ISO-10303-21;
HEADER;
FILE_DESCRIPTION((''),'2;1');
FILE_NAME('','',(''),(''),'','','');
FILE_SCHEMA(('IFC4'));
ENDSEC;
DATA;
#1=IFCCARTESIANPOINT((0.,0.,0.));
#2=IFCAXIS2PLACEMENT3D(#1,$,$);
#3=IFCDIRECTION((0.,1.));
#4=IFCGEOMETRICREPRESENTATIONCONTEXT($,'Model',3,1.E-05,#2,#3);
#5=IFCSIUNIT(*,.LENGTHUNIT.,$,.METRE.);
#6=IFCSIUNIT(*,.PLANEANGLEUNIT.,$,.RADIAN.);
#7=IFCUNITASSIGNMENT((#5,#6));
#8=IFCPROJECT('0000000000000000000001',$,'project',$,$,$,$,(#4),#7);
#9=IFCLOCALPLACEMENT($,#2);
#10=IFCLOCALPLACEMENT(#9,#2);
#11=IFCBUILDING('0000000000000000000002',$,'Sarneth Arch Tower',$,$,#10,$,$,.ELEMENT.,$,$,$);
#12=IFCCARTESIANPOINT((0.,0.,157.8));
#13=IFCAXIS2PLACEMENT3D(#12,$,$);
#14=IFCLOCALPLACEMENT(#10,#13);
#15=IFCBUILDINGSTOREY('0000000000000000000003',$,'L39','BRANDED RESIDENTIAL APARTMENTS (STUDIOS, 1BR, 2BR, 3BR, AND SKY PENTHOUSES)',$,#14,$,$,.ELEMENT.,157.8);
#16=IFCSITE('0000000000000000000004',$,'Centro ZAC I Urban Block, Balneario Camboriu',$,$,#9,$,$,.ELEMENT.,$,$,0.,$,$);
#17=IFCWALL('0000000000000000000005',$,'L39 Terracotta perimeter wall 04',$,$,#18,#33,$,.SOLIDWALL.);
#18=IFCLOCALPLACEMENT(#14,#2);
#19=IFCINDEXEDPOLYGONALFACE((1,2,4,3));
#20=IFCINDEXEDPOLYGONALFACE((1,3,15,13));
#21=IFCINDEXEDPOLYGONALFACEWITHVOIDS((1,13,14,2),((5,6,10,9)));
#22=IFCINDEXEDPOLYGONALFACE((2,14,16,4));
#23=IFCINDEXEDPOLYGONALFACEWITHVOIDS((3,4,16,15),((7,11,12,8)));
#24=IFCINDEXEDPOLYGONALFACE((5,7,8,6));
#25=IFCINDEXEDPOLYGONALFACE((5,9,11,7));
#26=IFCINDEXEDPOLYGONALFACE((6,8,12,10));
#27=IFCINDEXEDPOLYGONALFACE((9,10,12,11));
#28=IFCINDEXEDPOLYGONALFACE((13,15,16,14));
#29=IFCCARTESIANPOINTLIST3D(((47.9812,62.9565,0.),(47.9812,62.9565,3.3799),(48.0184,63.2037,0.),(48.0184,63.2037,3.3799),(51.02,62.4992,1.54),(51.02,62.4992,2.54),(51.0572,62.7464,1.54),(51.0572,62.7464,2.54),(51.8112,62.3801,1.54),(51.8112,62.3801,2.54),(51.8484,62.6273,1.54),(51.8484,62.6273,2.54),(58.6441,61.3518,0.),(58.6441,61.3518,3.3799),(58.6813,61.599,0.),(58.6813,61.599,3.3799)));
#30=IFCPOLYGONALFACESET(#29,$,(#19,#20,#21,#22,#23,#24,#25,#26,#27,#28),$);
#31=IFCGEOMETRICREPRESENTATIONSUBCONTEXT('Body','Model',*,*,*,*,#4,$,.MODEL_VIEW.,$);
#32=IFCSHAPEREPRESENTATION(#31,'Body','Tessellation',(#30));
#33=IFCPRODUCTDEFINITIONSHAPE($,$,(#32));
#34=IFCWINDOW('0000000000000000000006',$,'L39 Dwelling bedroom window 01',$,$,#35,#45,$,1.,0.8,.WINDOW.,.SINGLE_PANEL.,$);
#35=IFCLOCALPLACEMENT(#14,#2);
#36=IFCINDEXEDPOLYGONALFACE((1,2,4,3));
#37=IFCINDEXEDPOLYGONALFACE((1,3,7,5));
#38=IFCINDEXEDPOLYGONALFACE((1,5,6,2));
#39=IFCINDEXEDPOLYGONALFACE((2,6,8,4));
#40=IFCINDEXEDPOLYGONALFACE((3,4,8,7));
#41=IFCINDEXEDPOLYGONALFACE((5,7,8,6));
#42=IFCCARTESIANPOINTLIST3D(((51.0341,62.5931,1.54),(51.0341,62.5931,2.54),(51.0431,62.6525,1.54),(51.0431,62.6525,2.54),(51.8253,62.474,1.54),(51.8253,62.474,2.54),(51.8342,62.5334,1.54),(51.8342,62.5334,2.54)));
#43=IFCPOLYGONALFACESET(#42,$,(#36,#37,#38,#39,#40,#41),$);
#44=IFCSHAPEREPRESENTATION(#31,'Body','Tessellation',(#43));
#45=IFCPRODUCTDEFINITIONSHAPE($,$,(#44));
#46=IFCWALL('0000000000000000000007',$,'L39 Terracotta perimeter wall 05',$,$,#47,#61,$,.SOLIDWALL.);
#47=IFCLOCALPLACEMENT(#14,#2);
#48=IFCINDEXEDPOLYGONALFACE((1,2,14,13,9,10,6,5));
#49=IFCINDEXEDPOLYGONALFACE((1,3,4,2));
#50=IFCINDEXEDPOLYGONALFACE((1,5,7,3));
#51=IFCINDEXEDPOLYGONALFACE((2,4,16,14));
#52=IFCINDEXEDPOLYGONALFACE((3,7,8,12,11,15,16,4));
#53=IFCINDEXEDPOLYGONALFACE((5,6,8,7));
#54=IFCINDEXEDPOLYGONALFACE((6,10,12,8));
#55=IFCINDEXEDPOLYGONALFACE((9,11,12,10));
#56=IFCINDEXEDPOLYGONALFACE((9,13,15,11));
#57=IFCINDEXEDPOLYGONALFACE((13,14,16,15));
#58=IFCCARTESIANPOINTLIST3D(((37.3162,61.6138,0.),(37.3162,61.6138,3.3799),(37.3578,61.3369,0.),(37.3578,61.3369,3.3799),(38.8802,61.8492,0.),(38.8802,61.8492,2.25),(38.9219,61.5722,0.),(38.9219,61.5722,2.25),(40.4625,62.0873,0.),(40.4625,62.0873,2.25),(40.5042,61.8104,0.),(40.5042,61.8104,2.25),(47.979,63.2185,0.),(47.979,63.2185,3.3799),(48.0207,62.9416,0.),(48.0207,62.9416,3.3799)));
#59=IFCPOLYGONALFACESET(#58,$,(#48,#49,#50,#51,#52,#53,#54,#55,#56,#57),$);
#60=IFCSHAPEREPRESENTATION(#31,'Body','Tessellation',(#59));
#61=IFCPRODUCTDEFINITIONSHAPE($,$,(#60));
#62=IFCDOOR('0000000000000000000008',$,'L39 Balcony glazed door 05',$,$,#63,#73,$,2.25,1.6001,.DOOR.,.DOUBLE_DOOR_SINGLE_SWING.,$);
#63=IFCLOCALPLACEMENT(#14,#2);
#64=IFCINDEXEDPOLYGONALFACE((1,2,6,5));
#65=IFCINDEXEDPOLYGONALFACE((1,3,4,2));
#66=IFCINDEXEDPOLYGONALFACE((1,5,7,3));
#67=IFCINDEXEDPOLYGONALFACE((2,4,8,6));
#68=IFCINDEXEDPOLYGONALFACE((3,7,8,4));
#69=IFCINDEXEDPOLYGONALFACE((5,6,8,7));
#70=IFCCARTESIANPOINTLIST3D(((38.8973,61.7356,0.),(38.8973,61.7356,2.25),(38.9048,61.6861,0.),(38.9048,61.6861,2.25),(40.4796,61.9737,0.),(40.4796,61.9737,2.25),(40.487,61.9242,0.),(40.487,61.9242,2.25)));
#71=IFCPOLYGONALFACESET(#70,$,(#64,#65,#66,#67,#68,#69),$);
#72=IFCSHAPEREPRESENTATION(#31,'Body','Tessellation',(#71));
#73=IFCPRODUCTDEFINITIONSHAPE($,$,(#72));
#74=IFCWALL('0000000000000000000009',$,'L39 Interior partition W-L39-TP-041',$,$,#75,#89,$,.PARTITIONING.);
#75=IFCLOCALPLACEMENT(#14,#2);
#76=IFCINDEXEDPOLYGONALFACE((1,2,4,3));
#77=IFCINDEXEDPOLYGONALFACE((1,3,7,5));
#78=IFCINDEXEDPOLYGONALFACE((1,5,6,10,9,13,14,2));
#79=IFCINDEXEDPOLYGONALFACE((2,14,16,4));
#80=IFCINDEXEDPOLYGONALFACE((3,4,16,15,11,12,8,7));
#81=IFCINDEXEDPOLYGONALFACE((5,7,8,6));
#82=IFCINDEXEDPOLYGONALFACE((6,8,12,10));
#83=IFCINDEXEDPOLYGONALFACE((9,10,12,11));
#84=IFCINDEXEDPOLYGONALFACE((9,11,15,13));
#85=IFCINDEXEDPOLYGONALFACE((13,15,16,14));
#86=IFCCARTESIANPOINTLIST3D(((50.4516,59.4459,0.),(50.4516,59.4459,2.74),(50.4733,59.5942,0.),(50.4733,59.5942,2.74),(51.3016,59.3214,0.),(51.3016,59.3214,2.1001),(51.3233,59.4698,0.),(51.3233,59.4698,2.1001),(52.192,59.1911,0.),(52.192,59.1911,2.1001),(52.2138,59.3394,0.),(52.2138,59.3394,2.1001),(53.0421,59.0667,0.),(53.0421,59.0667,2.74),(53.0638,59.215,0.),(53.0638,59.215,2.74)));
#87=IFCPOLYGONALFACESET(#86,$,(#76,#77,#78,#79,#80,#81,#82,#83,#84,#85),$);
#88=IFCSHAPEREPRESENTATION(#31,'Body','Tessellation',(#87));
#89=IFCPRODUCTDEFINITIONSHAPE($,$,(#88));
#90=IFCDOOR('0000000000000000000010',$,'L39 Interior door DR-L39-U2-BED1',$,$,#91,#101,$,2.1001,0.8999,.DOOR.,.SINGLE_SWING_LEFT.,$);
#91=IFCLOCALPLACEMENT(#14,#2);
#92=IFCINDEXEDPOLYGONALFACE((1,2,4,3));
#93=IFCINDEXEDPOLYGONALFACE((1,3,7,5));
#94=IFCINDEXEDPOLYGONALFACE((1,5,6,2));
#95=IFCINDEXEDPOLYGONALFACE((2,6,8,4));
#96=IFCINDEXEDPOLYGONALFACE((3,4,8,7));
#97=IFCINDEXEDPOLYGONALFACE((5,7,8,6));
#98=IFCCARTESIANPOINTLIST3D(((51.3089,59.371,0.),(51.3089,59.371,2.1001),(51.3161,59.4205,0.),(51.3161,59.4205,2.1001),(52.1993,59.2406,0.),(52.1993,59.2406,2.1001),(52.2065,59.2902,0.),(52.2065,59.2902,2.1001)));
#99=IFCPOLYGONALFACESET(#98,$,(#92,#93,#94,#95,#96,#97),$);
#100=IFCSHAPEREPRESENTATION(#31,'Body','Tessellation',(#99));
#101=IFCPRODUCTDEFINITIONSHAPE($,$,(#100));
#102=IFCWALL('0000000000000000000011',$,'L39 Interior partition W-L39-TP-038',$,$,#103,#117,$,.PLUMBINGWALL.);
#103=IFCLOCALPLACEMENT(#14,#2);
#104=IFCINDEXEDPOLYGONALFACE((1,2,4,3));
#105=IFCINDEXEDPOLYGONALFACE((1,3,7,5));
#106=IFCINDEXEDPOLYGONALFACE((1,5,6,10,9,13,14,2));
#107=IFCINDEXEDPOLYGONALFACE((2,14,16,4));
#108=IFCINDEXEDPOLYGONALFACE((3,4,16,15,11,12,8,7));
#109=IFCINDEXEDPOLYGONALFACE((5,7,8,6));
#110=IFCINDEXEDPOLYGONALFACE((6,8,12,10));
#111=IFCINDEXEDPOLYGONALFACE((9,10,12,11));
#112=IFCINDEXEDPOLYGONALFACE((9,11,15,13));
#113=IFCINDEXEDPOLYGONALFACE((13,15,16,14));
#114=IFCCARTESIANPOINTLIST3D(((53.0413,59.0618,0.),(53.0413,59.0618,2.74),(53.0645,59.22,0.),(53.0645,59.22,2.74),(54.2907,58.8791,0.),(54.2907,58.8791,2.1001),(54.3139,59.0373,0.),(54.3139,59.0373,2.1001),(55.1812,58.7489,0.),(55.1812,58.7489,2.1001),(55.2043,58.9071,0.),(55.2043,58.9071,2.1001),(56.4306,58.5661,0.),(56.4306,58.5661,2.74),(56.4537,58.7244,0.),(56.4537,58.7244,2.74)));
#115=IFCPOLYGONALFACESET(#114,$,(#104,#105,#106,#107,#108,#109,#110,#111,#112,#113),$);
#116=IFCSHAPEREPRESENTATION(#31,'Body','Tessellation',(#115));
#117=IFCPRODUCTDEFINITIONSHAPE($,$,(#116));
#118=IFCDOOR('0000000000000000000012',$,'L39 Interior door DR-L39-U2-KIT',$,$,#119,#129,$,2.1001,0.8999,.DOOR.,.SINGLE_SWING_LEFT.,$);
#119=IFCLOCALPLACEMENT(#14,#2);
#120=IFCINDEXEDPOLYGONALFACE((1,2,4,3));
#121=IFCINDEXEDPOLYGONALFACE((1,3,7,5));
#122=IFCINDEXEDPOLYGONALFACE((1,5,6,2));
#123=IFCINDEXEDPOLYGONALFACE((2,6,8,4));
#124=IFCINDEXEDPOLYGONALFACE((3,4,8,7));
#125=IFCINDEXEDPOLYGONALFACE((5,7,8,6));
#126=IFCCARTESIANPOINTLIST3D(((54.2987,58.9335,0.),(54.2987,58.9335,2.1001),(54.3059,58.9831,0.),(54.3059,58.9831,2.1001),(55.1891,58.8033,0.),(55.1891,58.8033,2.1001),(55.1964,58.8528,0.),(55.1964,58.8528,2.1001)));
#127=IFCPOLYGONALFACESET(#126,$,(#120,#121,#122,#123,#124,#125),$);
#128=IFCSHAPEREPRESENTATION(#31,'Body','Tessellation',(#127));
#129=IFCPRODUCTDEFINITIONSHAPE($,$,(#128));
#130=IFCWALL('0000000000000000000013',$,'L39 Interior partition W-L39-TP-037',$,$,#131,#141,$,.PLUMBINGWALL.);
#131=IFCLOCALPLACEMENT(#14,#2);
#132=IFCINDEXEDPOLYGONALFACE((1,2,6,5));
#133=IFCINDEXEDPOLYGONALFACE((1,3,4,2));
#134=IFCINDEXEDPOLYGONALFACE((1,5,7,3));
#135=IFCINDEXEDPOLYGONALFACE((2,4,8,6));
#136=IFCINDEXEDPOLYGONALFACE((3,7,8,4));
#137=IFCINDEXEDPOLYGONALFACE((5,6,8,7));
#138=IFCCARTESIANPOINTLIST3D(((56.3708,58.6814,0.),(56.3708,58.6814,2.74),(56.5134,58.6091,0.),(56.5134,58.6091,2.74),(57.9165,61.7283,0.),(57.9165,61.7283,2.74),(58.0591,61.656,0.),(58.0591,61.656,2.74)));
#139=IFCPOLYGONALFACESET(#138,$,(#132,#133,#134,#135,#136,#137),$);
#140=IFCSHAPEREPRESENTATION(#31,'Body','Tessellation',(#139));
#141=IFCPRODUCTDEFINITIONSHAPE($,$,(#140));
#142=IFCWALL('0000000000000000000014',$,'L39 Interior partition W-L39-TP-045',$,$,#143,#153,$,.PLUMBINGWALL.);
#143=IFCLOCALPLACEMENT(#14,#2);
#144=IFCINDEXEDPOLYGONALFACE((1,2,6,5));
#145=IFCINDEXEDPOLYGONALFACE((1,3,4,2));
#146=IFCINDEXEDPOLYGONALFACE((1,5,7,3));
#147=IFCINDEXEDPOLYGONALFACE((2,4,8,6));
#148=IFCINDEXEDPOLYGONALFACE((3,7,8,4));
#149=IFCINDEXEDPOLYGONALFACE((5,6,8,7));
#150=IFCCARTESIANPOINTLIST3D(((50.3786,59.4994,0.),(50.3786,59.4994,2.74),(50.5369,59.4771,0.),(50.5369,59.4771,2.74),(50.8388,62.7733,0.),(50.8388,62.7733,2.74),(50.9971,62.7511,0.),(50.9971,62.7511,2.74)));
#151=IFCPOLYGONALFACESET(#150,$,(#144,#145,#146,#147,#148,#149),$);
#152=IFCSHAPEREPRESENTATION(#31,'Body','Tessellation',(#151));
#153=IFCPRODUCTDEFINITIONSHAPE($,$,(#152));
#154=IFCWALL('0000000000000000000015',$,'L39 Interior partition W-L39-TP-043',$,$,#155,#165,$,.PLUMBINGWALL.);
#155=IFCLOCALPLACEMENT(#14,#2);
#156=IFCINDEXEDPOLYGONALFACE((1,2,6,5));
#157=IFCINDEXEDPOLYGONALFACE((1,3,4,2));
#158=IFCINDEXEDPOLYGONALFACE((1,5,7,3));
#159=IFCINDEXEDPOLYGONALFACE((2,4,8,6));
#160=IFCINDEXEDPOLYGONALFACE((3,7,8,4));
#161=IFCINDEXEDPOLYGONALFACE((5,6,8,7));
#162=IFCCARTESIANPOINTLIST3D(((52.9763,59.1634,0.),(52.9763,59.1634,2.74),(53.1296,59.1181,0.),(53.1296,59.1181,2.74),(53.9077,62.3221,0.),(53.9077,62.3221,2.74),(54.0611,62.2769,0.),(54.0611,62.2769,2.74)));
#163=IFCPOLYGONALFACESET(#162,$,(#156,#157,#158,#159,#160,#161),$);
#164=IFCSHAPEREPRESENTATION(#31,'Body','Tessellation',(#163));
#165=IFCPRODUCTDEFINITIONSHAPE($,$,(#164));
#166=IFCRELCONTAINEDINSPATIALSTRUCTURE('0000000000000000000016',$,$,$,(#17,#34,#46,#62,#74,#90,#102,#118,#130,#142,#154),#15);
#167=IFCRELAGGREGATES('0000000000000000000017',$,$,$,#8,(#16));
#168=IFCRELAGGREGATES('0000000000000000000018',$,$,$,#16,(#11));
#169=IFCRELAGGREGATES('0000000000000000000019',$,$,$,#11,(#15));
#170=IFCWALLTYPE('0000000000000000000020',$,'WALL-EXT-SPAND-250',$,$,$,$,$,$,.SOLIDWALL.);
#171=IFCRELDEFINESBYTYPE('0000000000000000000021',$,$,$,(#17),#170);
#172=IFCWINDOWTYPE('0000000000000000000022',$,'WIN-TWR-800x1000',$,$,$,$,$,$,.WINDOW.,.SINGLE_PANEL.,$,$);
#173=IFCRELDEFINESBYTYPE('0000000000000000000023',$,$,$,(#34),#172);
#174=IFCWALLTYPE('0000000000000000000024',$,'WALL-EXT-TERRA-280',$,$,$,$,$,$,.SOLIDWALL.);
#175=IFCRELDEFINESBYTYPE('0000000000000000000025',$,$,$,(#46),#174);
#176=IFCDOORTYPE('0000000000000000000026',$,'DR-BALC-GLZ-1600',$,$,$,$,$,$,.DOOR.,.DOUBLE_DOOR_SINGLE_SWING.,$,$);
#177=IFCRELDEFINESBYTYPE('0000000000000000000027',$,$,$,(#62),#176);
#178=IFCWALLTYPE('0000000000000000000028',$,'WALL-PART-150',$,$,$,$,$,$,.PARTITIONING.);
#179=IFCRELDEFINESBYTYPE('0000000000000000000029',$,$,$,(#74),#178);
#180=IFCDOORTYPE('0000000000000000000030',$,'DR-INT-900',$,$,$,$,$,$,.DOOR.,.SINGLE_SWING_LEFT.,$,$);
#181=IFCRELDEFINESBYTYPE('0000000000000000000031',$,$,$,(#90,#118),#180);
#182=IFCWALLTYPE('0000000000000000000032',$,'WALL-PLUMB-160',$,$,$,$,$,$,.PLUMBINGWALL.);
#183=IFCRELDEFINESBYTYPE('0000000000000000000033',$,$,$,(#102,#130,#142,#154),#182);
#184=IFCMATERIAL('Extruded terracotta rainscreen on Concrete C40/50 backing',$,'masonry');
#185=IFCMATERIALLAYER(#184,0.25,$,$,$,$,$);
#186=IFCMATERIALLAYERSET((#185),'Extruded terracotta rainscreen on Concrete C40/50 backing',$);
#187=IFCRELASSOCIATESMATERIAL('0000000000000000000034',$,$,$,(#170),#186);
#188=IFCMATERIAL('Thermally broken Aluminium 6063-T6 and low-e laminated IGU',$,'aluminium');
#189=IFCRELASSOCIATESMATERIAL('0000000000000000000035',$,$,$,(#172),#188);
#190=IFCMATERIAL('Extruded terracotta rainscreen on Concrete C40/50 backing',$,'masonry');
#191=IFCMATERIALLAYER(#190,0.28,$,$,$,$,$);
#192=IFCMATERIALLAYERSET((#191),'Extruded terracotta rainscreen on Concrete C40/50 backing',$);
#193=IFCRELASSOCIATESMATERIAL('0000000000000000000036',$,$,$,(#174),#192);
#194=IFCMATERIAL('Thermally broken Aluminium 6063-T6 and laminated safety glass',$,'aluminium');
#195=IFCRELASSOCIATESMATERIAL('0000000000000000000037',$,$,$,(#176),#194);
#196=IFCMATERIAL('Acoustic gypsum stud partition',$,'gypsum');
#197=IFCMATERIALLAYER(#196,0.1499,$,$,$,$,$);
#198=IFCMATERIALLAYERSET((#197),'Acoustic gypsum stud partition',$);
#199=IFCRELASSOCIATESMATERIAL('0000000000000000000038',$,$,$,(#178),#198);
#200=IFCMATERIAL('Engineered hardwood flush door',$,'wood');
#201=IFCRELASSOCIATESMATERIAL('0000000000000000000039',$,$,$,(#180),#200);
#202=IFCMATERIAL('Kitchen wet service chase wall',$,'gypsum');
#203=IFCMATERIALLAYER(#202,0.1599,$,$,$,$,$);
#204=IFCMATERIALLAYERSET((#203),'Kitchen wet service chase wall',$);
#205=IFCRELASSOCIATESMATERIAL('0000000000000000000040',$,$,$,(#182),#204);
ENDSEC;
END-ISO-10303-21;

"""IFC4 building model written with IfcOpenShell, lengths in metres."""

from ifc_helpers import new_model, si_unit, direction, frame, frame_2d, origin, place, context, subcontext, project, spatial, rectangle, extrude, material, layer, layer_set, type_object, element, fill, save


model = new_model("IFC4")

# Units and contexts
model_context = context("Model", 3, precision=1e-05, world=origin(), true_north=direction((0.0, 1.0)))
body_context = subcontext(model_context, "Body", "Model", "MODEL_VIEW")
ifc_project = project(units=[si_unit("LENGTHUNIT", "METRE"), si_unit("PLANEANGLEUNIT", "RADIAN")], contexts=[model_context])

# Site, building, storey
site_placement = place(None, origin())
site = spatial("IfcSite", under=ifc_project, at=site_placement, Name="Centro ZAC I Urban Block, Balneario Camboriu", CompositionType="ELEMENT", RefElevation=0.0)
building_placement = place(site_placement, origin())
building = spatial("IfcBuilding", under=site, at=building_placement, Name="Sarneth Arch Tower", CompositionType="ELEMENT")
storey_placement = place(building_placement, frame((0.0, 0.0, 157.8)))
storey = spatial("IfcBuildingStorey", under=building, at=storey_placement, Name="L39", Description="BRANDED RESIDENTIAL APARTMENTS (STUDIOS, 1BR, 2BR, 3BR, AND SKY PENTHOUSES)", CompositionType="ELEMENT", Elevation=157.8)

# Wall, opening, window
ifc_material_1 = material(Name="Extruded terracotta rainscreen on Concrete C40/50 backing", Category="masonry")
ifc_layer_1 = layer(ifc_material_1, 0.25)
ifc_layer_set_1 = layer_set([ifc_layer_1], Name="Extruded terracotta rainscreen on Concrete C40/50 backing")
wall_type_1 = type_object("IfcWallType", Name="WALL-EXT-SPAND-250", PredefinedType="SOLIDWALL", material=ifc_layer_set_1)
wall_1_placement = place(storey_placement, frame((58.6628, 61.4753, 0.0), z_axis=(0.0, 0.0, 1.0), x_axis=(-0.988864, 0.148822, 0.0)))
wall_1 = element("IfcWall", 1, at=wall_1_placement, inside=storey, type_object=wall_type_1, Name="L39 Terracotta perimeter wall 04", PredefinedType="SOLIDWALL", context=body_context, shape_type="SweptSolid", body=[
    extrude(rectangle(XDim=10.783, YDim=0.25, at=frame_2d((5.3916, 0.0))), origin(), (0.0, 0.0, 1.0), 3.3799),
])
opening_1_placement = place(wall_1_placement, frame((6.9102, 0.0, 1.54)))
opening_1 = element("IfcOpeningElement", 2, at=opening_1_placement, cuts=wall_1, PredefinedType="OPENING", context=body_context, shape_type="SweptSolid", body=[
    extrude(rectangle(XDim=0.8, YDim=1.0, at=frame_2d((0.3999, 0.5))), frame((0.0, 0.135, 0.0), z_axis=(0.0, -1.0, 0.0), x_axis=(1.0, 0.0, 0.0)), (0.0, 0.0, 1.0), 0.27),
])
ifc_material_2 = material(Name="Thermally broken Aluminium 6063-T6 and low-e laminated IGU", Category="aluminium")
window_type = type_object("IfcWindowType", Name="WIN-TWR-800x1000", PartitioningType="SINGLE_PANEL", PredefinedType="WINDOW", material=ifc_material_2)
window_placement = place(opening_1_placement, origin())
window = element("IfcWindow", 3, at=window_placement, inside=storey, type_object=window_type, Name="L39 Dwelling bedroom window 01", OverallHeight=1.0, OverallWidth=0.8, PartitioningType="SINGLE_PANEL", PredefinedType="WINDOW", context=body_context, shape_type="SweptSolid", body=[
    extrude(rectangle(XDim=0.8, YDim=1.0, at=frame_2d((0.3999, 0.5))), frame((0.0, 0.03, 0.0), z_axis=(0.0, -1.0, 0.0), x_axis=(1.0, 0.0, 0.0)), (0.0, 0.0, 1.0), 0.0601),
])
fill(opening_1, window)

# Walls, openings, doors
ifc_material_3 = material(Name="Extruded terracotta rainscreen on Concrete C40/50 backing", Category="masonry")
ifc_layer_2 = layer(ifc_material_3, 0.28)
ifc_layer_set_2 = layer_set([ifc_layer_2], Name="Extruded terracotta rainscreen on Concrete C40/50 backing")
wall_type_2 = type_object("IfcWallType", Name="WALL-EXT-TERRA-280", PredefinedType="SOLIDWALL", material=ifc_layer_set_2)
wall_2_placement = place(storey_placement, frame((48.0, 63.0801, 0.0), z_axis=(0.0, 0.0, 1.0), x_axis=(-0.988864, -0.148822, 0.0)))
wall_2 = element("IfcWall", 4, at=wall_2_placement, inside=storey, type_object=wall_type_2, Name="L39 Terracotta perimeter wall 05", PredefinedType="SOLIDWALL", context=body_context, shape_type="SweptSolid", body=[
    extrude(rectangle(XDim=10.783, YDim=0.28, at=frame_2d((5.3916, 0.0))), origin(), (0.0, 0.0, 1.0), 3.3799),
])
opening_2_placement = place(wall_2_placement, frame((7.6013, 0.0, 0.0)))
opening_2 = element("IfcOpeningElement", 5, at=opening_2_placement, cuts=wall_2, PredefinedType="OPENING", context=body_context, shape_type="SweptSolid", body=[
    extrude(rectangle(XDim=1.6001, YDim=2.25, at=frame_2d((0.8, 1.125))), frame((0.0, 0.1499, 0.0), z_axis=(0.0, -1.0, 0.0), x_axis=(1.0, 0.0, 0.0)), (0.0, 0.0, 1.0), 0.3),
])
ifc_material_4 = material(Name="Thermally broken Aluminium 6063-T6 and laminated safety glass", Category="aluminium")
door_type_1 = type_object("IfcDoorType", Name="DR-BALC-GLZ-1600", OperationType="DOUBLE_DOOR_SINGLE_SWING", PredefinedType="DOOR", material=ifc_material_4)
door_1_placement = place(opening_2_placement, origin())
door_1 = element("IfcDoor", 6, at=door_1_placement, inside=storey, type_object=door_type_1, Name="L39 Balcony glazed door 05", OperationType="DOUBLE_DOOR_SINGLE_SWING", OverallHeight=2.25, OverallWidth=1.6001, PredefinedType="DOOR", context=body_context, shape_type="SweptSolid", body=[
    extrude(rectangle(XDim=1.6001, YDim=2.25, at=frame_2d((0.8, 1.125))), frame((0.0, 0.0249, 0.0), z_axis=(0.0, -1.0, 0.0), x_axis=(1.0, 0.0, 0.0)), (0.0, 0.0, 1.0), 0.05),
])
fill(opening_2, door_1)
ifc_material_5 = material(Name="Acoustic gypsum stud partition", Category="gypsum")
ifc_layer_3 = layer(ifc_material_5, 0.1499)
ifc_layer_set_3 = layer_set([ifc_layer_3], Name="Acoustic gypsum stud partition")
wall_type_3 = type_object("IfcWallType", Name="WALL-PART-150", PredefinedType="PARTITIONING", material=ifc_layer_set_3)
wall_3_placement = place(storey_placement, frame((53.053, 59.1409, 0.0), z_axis=(0.0, 0.0, 1.0), x_axis=(-0.989459, 0.144815, 0.0)))
wall_3 = element("IfcWall", 7, at=wall_3_placement, inside=storey, type_object=wall_type_3, Name="L39 Interior partition W-L39-TP-041", PredefinedType="PARTITIONING", context=body_context, shape_type="SweptSolid", body=[
    extrude(rectangle(XDim=2.6182, YDim=0.1499, at=frame_2d((1.3091, 0.0))), origin(), (0.0, 0.0, 1.0), 2.74),
])
opening_3_placement = place(wall_3_placement, frame((0.8591, 0.0, 0.0)))
opening_3 = element("IfcOpeningElement", 8, at=opening_3_placement, cuts=wall_3, PredefinedType="OPENING", context=body_context, shape_type="SweptSolid", body=[
    extrude(rectangle(XDim=0.8999, YDim=2.1001, at=frame_2d((0.45, 1.05))), frame((0.0, 0.085, 0.0), z_axis=(0.0, -1.0, 0.0), x_axis=(1.0, 0.0, 0.0)), (0.0, 0.0, 1.0), 0.1699),
])
ifc_material_6 = material(Name="Engineered hardwood flush door", Category="wood")
door_type_2 = type_object("IfcDoorType", Name="DR-INT-900", OperationType="SINGLE_SWING_LEFT", PredefinedType="DOOR", material=ifc_material_6)
door_2_placement = place(opening_3_placement, origin())
door_2 = element("IfcDoor", 9, at=door_2_placement, inside=storey, type_object=door_type_2, Name="L39 Interior door DR-L39-U2-BED1", OperationType="SINGLE_SWING_LEFT", OverallHeight=2.1001, OverallWidth=0.8999, PredefinedType="DOOR", context=body_context, shape_type="SweptSolid", body=[
    extrude(rectangle(XDim=0.8999, YDim=2.1001, at=frame_2d((0.45, 1.05))), frame((0.0, 0.0249, 0.0), z_axis=(0.0, -1.0, 0.0), x_axis=(1.0, 0.0, 0.0)), (0.0, 0.0, 1.0), 0.05),
])
fill(opening_3, door_2)
ifc_material_7 = material(Name="Kitchen wet service chase wall", Category="gypsum")
ifc_layer_4 = layer(ifc_material_7, 0.1599)
ifc_layer_set_4 = layer_set([ifc_layer_4], Name="Kitchen wet service chase wall")
wall_type_4 = type_object("IfcWallType", Name="WALL-PLUMB-160", PredefinedType="PLUMBINGWALL", material=ifc_layer_set_4)
wall_4_placement = place(storey_placement, frame((56.4421, 58.6453, 0.0), z_axis=(0.0, 0.0, 1.0), x_axis=(-0.989477, 0.144694, 0.0)))
wall_4 = element("IfcWall", 10, at=wall_4_placement, inside=storey, type_object=wall_type_4, Name="L39 Interior partition W-L39-TP-038", PredefinedType="PLUMBINGWALL", context=body_context, shape_type="SweptSolid", body=[
    extrude(rectangle(XDim=3.4253, YDim=0.1599, at=frame_2d((1.7126, 0.0))), origin(), (0.0, 0.0, 1.0), 2.74),
])
opening_4_placement = place(wall_4_placement, frame((1.2627, 0.0, 0.0)))
opening_4 = element("IfcOpeningElement", 11, at=opening_4_placement, cuts=wall_4, PredefinedType="OPENING", context=body_context, shape_type="SweptSolid", body=[
    extrude(rectangle(XDim=0.8999, YDim=2.1001, at=frame_2d((0.45, 1.05))), frame((0.0, 0.0898, 0.0), z_axis=(0.0, -1.0, 0.0), x_axis=(1.0, 0.0, 0.0)), (0.0, 0.0, 1.0), 0.1799),
])
door_3_placement = place(opening_4_placement, origin())
door_3 = element("IfcDoor", 12, at=door_3_placement, inside=storey, type_object=door_type_2, Name="L39 Interior door DR-L39-U2-KIT", OperationType="SINGLE_SWING_LEFT", OverallHeight=2.1001, OverallWidth=0.8999, PredefinedType="DOOR", context=body_context, shape_type="SweptSolid", body=[
    extrude(rectangle(XDim=0.8999, YDim=2.1001, at=frame_2d((0.45, 1.05))), frame((0.0, 0.0249, 0.0), z_axis=(0.0, -1.0, 0.0), x_axis=(1.0, 0.0, 0.0)), (0.0, 0.0, 1.0), 0.05),
])
fill(opening_4, door_3)

# Walls
wall_5_placement = place(storey_placement, frame((57.9878, 61.6921, 0.0), z_axis=(0.0, 0.0, 1.0), x_axis=(-0.452408, -0.891811, 0.0)))
element("IfcWall", 13, at=wall_5_placement, inside=storey, type_object=wall_type_4, Name="L39 Interior partition W-L39-TP-037", PredefinedType="PLUMBINGWALL", context=body_context, shape_type="SweptSolid", body=[
    extrude(rectangle(XDim=3.4165, YDim=0.1599, at=frame_2d((1.7083, 0.0))), origin(), (0.0, 0.0, 1.0), 2.74),
])
wall_6_placement = place(storey_placement, frame((50.918, 62.7622, 0.0), z_axis=(0.0, 0.0, 1.0), x_axis=(-0.139198, -0.990265, 0.0)))
element("IfcWall", 14, at=wall_6_placement, inside=storey, type_object=wall_type_4, Name="L39 Interior partition W-L39-TP-045", PredefinedType="PLUMBINGWALL", context=body_context, shape_type="SweptSolid", body=[
    extrude(rectangle(XDim=3.3062, YDim=0.1599, at=frame_2d((1.6531, 0.0))), origin(), (0.0, 0.0, 1.0), 2.74),
])
wall_7_placement = place(storey_placement, frame((53.053, 59.1409, 0.0), z_axis=(0.0, 0.0, 1.0), x_axis=(0.282829, 0.95917, 0.0)))
element("IfcWall", 15, at=wall_7_placement, inside=storey, type_object=wall_type_4, Name="L39 Interior partition W-L39-TP-043", PredefinedType="PLUMBINGWALL", context=body_context, shape_type="SweptSolid", body=[
    extrude(rectangle(XDim=3.2932, YDim=0.1599, at=frame_2d((1.6465, 0.0))), origin(), (0.0, 0.0, 1.0), 2.74),
])

save(model, "model.ifc")
